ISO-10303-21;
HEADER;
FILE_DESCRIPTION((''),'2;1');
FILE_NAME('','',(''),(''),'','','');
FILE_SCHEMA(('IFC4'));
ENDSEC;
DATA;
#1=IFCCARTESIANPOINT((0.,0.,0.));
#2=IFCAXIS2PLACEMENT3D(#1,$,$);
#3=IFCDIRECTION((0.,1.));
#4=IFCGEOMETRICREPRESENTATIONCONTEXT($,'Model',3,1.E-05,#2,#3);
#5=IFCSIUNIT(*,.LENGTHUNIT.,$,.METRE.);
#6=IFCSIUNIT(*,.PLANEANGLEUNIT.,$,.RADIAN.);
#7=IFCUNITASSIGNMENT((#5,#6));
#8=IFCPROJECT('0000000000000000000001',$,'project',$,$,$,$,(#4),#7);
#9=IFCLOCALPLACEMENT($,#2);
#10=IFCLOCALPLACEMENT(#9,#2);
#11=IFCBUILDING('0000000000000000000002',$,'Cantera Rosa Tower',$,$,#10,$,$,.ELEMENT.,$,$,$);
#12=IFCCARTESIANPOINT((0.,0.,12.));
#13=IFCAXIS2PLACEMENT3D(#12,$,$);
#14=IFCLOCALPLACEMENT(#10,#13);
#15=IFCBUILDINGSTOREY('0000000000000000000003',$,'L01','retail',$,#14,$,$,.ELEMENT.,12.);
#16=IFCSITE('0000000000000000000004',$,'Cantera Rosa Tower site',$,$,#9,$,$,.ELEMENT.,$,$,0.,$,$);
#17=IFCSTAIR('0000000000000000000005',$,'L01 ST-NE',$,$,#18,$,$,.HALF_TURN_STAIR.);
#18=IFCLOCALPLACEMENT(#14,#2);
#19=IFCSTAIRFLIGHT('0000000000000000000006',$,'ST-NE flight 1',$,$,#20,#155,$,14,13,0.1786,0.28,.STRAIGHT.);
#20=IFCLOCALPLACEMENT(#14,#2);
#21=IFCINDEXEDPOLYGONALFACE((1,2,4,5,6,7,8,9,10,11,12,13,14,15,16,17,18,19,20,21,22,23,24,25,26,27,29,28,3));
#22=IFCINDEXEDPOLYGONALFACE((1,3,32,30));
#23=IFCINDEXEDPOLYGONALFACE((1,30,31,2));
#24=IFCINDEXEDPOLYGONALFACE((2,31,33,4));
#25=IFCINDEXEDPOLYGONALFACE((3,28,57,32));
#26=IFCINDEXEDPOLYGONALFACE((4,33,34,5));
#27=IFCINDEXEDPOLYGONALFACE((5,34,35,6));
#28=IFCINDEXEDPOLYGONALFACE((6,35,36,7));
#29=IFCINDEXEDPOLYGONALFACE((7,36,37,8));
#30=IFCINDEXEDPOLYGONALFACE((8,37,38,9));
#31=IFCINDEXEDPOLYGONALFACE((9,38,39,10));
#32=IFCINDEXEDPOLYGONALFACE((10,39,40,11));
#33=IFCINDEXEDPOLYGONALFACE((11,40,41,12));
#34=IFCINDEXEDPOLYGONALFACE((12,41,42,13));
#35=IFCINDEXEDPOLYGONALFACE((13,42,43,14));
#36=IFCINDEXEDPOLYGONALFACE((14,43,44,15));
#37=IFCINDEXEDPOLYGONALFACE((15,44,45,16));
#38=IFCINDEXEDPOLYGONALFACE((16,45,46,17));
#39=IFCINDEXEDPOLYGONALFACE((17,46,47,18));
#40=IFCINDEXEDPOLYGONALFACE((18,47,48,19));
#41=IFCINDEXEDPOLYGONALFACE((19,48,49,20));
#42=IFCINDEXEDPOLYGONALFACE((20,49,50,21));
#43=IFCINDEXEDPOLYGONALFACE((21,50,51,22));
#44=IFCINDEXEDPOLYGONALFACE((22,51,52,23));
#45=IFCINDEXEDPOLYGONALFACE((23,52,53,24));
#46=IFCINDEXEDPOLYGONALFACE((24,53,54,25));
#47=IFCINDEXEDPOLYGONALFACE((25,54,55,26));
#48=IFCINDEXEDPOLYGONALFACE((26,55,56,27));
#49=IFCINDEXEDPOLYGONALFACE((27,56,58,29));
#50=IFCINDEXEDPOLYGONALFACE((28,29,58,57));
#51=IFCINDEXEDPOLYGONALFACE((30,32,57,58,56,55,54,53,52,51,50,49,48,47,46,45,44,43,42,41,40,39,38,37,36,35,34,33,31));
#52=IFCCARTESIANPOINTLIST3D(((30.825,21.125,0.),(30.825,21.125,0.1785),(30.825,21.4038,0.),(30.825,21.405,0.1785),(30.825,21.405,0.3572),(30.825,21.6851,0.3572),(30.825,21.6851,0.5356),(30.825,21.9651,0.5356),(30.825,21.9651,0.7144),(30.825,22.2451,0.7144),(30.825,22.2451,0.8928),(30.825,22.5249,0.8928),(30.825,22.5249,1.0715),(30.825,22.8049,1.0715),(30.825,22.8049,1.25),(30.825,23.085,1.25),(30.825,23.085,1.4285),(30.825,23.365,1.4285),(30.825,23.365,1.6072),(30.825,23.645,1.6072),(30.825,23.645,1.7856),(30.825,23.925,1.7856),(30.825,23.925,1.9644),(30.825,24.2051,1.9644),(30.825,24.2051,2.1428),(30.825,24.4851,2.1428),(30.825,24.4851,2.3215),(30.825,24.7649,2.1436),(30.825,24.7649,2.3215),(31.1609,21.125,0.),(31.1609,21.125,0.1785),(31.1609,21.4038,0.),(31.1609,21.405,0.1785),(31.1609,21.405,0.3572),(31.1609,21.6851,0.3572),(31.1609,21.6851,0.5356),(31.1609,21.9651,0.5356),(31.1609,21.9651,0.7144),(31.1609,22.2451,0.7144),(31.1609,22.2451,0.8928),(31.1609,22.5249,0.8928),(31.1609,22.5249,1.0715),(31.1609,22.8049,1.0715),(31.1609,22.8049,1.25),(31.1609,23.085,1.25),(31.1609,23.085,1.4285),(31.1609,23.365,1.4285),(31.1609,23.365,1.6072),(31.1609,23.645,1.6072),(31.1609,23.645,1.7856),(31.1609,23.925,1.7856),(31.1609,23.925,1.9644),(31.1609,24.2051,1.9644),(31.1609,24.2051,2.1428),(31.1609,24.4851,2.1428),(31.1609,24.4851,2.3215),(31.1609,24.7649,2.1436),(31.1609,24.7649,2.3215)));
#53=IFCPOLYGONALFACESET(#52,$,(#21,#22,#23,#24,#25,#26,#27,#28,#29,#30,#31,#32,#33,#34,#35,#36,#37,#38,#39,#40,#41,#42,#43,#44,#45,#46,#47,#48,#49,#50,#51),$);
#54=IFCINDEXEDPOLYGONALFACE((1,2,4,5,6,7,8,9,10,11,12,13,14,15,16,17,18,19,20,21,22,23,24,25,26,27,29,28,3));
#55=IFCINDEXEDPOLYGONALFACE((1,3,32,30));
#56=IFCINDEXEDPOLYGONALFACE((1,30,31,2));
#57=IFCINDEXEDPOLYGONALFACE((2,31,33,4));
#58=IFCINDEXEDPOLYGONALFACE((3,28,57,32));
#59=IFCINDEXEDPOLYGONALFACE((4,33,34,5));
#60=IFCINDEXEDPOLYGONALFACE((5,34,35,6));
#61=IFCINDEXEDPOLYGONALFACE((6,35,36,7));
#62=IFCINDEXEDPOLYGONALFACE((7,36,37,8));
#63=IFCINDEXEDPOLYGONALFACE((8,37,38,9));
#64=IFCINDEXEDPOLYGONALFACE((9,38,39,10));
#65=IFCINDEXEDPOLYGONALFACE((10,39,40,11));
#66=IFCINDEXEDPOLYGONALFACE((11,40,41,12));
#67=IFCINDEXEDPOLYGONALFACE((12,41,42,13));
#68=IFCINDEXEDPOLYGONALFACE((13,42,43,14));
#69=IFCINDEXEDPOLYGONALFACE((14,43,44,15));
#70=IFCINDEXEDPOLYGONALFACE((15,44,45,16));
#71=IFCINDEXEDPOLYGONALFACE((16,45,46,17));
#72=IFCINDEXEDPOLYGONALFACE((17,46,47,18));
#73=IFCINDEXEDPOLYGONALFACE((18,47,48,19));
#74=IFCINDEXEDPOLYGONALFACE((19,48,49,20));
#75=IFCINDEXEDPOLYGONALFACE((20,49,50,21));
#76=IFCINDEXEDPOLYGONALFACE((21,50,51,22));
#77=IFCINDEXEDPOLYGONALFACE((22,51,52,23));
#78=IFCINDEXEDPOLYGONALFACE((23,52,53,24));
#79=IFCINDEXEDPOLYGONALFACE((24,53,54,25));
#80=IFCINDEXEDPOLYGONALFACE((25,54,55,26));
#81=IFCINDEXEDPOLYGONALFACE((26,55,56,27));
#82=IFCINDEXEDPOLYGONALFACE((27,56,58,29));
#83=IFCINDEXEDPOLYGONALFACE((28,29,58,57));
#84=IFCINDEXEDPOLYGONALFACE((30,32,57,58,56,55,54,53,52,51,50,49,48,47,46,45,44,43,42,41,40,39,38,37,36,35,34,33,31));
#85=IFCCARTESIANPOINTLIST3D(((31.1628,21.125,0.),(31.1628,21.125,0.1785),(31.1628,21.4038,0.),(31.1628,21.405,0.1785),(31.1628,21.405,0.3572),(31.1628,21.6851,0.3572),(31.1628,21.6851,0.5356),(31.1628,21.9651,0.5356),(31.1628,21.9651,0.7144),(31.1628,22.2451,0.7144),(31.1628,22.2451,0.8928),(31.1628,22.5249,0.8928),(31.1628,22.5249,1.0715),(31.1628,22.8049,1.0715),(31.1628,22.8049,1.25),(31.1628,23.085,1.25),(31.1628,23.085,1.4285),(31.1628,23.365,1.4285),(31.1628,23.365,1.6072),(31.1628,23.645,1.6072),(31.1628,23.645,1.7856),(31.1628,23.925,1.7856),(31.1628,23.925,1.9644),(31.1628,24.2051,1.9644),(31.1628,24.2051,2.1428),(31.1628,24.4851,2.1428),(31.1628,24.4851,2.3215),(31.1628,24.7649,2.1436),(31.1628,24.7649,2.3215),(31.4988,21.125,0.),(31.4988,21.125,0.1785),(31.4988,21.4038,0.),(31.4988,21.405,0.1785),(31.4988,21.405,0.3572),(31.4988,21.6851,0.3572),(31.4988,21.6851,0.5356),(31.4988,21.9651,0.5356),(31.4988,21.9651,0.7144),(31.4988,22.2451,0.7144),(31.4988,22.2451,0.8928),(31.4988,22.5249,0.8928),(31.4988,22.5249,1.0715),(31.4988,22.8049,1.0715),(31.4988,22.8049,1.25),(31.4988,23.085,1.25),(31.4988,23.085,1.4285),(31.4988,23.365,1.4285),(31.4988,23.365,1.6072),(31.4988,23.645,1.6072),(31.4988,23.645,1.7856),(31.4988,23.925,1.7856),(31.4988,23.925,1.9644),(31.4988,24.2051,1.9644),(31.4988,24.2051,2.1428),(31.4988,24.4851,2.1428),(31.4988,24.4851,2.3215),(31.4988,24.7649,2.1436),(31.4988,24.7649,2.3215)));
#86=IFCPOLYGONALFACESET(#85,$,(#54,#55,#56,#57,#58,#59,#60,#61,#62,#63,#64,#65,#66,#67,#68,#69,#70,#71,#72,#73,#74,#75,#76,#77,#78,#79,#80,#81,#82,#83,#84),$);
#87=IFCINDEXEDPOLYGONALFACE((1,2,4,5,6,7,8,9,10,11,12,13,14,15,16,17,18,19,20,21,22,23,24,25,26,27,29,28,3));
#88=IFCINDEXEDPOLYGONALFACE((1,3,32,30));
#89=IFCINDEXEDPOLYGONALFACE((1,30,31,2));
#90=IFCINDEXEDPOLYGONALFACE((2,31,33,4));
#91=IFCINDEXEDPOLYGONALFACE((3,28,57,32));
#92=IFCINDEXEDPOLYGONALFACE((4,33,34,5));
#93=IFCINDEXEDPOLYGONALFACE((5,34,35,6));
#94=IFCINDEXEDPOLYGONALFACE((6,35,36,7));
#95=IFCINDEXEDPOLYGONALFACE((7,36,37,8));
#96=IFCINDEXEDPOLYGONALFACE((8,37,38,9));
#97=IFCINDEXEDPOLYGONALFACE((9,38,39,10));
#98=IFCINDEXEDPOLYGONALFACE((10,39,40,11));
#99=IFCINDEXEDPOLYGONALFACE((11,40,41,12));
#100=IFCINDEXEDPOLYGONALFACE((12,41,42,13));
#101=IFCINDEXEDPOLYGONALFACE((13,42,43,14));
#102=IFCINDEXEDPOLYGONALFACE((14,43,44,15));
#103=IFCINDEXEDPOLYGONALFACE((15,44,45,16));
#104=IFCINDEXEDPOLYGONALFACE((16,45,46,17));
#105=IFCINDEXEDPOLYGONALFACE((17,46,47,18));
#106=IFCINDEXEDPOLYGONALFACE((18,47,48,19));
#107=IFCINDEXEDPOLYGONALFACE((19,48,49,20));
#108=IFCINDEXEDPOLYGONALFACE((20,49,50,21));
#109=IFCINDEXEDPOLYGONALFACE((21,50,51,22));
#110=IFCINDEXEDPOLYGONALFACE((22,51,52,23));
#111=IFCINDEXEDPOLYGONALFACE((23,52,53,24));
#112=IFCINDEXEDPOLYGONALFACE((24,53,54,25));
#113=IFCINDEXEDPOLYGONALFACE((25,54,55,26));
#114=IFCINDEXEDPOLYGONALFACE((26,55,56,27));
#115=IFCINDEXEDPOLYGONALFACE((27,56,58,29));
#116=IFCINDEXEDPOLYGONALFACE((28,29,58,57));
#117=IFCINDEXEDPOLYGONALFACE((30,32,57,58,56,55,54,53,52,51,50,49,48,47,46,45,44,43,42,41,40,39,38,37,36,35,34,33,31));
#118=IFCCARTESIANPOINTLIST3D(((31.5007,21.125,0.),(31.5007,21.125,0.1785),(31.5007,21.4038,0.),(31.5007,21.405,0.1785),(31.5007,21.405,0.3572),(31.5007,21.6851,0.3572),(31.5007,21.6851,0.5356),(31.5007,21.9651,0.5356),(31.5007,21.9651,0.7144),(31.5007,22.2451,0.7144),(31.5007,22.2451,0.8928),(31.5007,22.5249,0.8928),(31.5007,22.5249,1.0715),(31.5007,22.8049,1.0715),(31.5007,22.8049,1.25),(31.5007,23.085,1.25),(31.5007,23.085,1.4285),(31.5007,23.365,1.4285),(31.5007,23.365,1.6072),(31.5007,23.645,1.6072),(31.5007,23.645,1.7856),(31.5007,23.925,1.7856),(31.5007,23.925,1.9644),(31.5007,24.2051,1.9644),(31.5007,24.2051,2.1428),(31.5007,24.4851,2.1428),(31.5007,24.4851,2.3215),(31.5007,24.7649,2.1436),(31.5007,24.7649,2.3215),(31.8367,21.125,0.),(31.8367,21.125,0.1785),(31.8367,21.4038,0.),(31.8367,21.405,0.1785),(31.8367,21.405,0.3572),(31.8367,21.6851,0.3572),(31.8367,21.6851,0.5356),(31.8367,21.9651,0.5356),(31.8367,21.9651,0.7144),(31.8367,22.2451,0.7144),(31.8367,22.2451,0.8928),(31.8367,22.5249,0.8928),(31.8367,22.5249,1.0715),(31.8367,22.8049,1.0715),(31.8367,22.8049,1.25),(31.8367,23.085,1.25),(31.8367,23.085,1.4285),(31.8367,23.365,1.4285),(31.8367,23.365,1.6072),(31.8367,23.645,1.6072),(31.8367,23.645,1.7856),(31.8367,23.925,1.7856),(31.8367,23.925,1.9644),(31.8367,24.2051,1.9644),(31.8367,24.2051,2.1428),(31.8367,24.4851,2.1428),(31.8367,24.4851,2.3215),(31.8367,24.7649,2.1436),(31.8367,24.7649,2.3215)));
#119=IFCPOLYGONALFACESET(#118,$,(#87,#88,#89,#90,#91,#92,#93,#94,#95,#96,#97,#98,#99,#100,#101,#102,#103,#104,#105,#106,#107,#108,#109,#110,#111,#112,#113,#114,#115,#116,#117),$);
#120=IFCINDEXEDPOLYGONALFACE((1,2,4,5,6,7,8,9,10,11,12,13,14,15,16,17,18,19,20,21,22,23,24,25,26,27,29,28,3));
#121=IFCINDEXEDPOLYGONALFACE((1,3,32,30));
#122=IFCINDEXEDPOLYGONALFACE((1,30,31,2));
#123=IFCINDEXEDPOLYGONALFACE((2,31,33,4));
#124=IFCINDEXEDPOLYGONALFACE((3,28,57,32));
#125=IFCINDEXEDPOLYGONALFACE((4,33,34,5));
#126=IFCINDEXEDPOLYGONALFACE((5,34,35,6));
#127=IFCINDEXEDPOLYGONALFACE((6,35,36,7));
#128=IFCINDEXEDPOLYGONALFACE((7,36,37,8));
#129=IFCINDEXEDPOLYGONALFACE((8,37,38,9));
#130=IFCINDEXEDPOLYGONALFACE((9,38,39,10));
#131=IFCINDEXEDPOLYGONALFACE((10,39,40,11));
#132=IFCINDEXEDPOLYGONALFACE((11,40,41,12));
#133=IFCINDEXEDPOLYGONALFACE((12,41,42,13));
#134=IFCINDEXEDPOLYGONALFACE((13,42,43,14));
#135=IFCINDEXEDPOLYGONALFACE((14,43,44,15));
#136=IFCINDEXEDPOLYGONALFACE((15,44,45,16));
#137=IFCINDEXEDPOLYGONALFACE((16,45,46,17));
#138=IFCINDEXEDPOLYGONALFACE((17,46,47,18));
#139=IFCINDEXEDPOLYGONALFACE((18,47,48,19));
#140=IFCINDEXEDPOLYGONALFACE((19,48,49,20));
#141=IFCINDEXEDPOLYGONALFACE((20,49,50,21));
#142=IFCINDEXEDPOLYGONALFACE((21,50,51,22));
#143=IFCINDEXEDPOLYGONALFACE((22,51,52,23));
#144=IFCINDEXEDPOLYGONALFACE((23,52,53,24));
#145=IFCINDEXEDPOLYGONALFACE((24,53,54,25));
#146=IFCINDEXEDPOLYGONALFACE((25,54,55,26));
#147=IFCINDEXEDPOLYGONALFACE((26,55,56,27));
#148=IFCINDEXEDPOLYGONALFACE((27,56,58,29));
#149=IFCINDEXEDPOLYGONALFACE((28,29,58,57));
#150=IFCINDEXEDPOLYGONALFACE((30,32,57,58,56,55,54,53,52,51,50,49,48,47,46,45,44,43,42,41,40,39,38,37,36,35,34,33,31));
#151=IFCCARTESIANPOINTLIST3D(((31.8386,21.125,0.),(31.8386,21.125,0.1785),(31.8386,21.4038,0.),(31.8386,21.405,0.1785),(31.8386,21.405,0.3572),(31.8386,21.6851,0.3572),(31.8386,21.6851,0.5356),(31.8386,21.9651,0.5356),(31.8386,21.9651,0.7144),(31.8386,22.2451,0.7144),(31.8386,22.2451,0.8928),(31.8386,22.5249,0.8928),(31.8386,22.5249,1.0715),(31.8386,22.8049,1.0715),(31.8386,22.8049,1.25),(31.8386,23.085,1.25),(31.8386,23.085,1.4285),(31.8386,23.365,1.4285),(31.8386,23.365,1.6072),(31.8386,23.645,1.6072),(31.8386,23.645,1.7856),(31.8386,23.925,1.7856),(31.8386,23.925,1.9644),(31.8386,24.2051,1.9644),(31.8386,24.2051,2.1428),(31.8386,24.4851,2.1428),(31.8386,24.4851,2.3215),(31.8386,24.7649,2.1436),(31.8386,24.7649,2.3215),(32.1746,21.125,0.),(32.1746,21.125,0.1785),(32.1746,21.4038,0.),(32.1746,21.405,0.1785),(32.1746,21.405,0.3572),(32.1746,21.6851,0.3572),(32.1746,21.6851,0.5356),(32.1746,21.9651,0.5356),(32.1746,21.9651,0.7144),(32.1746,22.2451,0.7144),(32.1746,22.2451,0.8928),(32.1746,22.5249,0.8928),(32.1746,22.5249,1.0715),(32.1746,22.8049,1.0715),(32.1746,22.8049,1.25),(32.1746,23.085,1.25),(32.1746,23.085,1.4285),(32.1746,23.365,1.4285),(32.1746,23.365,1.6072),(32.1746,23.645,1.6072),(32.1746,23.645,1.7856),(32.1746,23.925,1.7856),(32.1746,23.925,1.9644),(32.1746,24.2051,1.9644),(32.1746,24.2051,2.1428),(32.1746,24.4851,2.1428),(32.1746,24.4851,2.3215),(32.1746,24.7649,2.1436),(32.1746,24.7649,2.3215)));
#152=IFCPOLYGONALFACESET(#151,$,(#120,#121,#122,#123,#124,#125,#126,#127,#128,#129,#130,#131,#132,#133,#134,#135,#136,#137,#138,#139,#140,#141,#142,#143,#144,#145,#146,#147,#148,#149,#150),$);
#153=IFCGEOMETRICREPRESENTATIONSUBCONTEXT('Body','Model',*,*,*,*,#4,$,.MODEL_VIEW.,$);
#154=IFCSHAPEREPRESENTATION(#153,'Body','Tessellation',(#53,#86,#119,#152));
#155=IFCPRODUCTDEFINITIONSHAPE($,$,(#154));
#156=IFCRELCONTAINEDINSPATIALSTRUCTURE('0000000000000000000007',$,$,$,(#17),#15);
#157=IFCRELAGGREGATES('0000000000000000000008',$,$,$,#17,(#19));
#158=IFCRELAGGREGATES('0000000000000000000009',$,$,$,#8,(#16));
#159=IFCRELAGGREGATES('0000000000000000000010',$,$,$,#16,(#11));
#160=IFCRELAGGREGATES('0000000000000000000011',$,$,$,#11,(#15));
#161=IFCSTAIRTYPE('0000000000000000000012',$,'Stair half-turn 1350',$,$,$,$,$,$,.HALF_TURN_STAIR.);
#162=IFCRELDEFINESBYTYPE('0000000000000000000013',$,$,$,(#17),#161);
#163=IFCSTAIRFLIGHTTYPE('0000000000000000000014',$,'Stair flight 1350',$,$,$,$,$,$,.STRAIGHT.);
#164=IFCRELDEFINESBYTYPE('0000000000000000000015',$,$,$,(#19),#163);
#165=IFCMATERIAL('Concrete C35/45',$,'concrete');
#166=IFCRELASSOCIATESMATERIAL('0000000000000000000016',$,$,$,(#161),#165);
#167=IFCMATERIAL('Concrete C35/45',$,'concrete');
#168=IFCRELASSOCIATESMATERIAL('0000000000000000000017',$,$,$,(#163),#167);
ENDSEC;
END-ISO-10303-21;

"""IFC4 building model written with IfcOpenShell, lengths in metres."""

from ifc_helpers import new_model, si_unit, direction, frame, origin, place, context, subcontext, project, spatial, polyline, outline, extrude, material, type_object, element, aggregate, save


model = new_model("IFC4")

# Units and contexts
model_context = context("Model", 3, precision=1e-05, world=origin(), true_north=direction((0.0, 1.0)))
body_context = subcontext(model_context, "Body", "Model", "MODEL_VIEW")
ifc_project = project(units=[si_unit("LENGTHUNIT", "METRE"), si_unit("PLANEANGLEUNIT", "RADIAN")], contexts=[model_context])

# Site, building, storey
site_placement = place(None, origin())
site = spatial("IfcSite", under=ifc_project, at=site_placement, Name="Cantera Rosa Tower site", CompositionType="ELEMENT", RefElevation=0.0)
building_placement = place(site_placement, origin())
building = spatial("IfcBuilding", under=site, at=building_placement, Name="Cantera Rosa Tower", CompositionType="ELEMENT")
storey_placement = place(building_placement, frame((0.0, 0.0, 12.0)))
storey = spatial("IfcBuildingStorey", under=building, at=storey_placement, Name="L01", Description="retail", CompositionType="ELEMENT", Elevation=12.0)

# Stair, stair flight
ifc_material_1 = material(Name="Concrete C35/45", Category="concrete")
stair_type = type_object("IfcStairType", Name="Stair half-turn 1350", PredefinedType="HALF_TURN_STAIR", material=ifc_material_1)
stair_placement = place(storey_placement, origin())
stair = element("IfcStair", 1, at=stair_placement, inside=storey, type_object=stair_type, Name="L01 ST-NE", PredefinedType="HALF_TURN_STAIR")
ifc_material_2 = material(Name="Concrete C35/45", Category="concrete")
stair_flight_type = type_object("IfcStairFlightType", Name="Stair flight 1350", PredefinedType="STRAIGHT", material=ifc_material_2)
stair_flight_1_placement = place(storey_placement, frame((31.5, 21.125, 0.0), z_axis=(0.0, 0.0, 1.0), x_axis=(0.0, 1.0, 0.0)))
stair_flight_1 = element("IfcStairFlight", 2, at=stair_flight_1_placement, type_object=stair_flight_type, Name="ST-NE flight 1", NumberOfRisers=14, NumberOfTreads=13, PredefinedType="STRAIGHT", RiserHeight=0.1786, TreadLength=0.28, context=body_context, shape_type="SweptSolid", body=[
    extrude(outline(polyline([(0.0, 0.0), (0.0, 0.1785), (0.28, 0.1785), (0.28, 0.3572), (0.5601, 0.3572), (0.5601, 0.5356), (0.8401, 0.5356), (0.8401, 0.7144), (1.1201, 0.7144), (1.1201, 0.8928), (1.3999, 0.8928), (1.3999, 1.0715), (1.6799, 1.0715), (1.6799, 1.25), (1.96, 1.25), (1.96, 1.4285), (2.24, 1.4285), (2.24, 1.6072), (2.52, 1.6072), (2.52, 1.7856), (2.8, 1.7856), (2.8, 1.9644), (3.0801, 1.9644), (3.0801, 2.1428), (3.3601, 2.1428), (3.3601, 2.3215), (3.6399, 2.3215), (3.6399, 2.5), (3.6399, 2.1436), (0.2788, 0.0), (0.0, 0.0)])), frame((0.0, 0.675, 0.0), z_axis=(0.0, -1.0, 0.0), x_axis=(1.0, 0.0, 0.0)), (0.0, 0.0, 1.0), 0.3359),
    extrude(outline(polyline([(0.0, 0.0), (0.0, 0.1785), (0.28, 0.1785), (0.28, 0.3572), (0.5601, 0.3572), (0.5601, 0.5356), (0.8401, 0.5356), (0.8401, 0.7144), (1.1201, 0.7144), (1.1201, 0.8928), (1.3999, 0.8928), (1.3999, 1.0715), (1.6799, 1.0715), (1.6799, 1.25), (1.96, 1.25), (1.96, 1.4285), (2.24, 1.4285), (2.24, 1.6072), (2.52, 1.6072), (2.52, 1.7856), (2.8, 1.7856), (2.8, 1.9644), (3.0801, 1.9644), (3.0801, 2.1428), (3.3601, 2.1428), (3.3601, 2.3215), (3.6399, 2.3215), (3.6399, 2.5), (3.6399, 2.1436), (0.2788, 0.0), (0.0, 0.0)])), frame((0.0, 0.3372, 0.0), z_axis=(0.0, -1.0, 0.0), x_axis=(1.0, 0.0, 0.0)), (0.0, 0.0, 1.0), 0.3359),
    extrude(outline(polyline([(0.0, 0.0), (0.0, 0.1785), (0.28, 0.1785), (0.28, 0.3572), (0.5601, 0.3572), (0.5601, 0.5356), (0.8401, 0.5356), (0.8401, 0.7144), (1.1201, 0.7144), (1.1201, 0.8928), (1.3999, 0.8928), (1.3999, 1.0715), (1.6799, 1.0715), (1.6799, 1.25), (1.96, 1.25), (1.96, 1.4285), (2.24, 1.4285), (2.24, 1.6072), (2.52, 1.6072), (2.52, 1.7856), (2.8, 1.7856), (2.8, 1.9644), (3.0801, 1.9644), (3.0801, 2.1428), (3.3601, 2.1428), (3.3601, 2.3215), (3.6399, 2.3215), (3.6399, 2.5), (3.6399, 2.1436), (0.2788, 0.0), (0.0, 0.0)])), frame((0.0, -0.0007, 0.0), z_axis=(0.0, -1.0, 0.0), x_axis=(1.0, 0.0, 0.0)), (0.0, 0.0, 1.0), 0.3359),
    extrude(outline(polyline([(0.0, 0.0), (0.0, 0.1785), (0.28, 0.1785), (0.28, 0.3572), (0.5601, 0.3572), (0.5601, 0.5356), (0.8401, 0.5356), (0.8401, 0.7144), (1.1201, 0.7144), (1.1201, 0.8928), (1.3999, 0.8928), (1.3999, 1.0715), (1.6799, 1.0715), (1.6799, 1.25), (1.96, 1.25), (1.96, 1.4285), (2.24, 1.4285), (2.24, 1.6072), (2.52, 1.6072), (2.52, 1.7856), (2.8, 1.7856), (2.8, 1.9644), (3.0801, 1.9644), (3.0801, 2.1428), (3.3601, 2.1428), (3.3601, 2.3215), (3.6399, 2.3215), (3.6399, 2.5), (3.6399, 2.1436), (0.2788, 0.0), (0.0, 0.0)])), frame((0.0, -0.3386, 0.0), z_axis=(0.0, -1.0, 0.0), x_axis=(1.0, 0.0, 0.0)), (0.0, 0.0, 1.0), 0.3359),
])
aggregate(stair, [stair_flight_1])

save(model, "model.ifc")
